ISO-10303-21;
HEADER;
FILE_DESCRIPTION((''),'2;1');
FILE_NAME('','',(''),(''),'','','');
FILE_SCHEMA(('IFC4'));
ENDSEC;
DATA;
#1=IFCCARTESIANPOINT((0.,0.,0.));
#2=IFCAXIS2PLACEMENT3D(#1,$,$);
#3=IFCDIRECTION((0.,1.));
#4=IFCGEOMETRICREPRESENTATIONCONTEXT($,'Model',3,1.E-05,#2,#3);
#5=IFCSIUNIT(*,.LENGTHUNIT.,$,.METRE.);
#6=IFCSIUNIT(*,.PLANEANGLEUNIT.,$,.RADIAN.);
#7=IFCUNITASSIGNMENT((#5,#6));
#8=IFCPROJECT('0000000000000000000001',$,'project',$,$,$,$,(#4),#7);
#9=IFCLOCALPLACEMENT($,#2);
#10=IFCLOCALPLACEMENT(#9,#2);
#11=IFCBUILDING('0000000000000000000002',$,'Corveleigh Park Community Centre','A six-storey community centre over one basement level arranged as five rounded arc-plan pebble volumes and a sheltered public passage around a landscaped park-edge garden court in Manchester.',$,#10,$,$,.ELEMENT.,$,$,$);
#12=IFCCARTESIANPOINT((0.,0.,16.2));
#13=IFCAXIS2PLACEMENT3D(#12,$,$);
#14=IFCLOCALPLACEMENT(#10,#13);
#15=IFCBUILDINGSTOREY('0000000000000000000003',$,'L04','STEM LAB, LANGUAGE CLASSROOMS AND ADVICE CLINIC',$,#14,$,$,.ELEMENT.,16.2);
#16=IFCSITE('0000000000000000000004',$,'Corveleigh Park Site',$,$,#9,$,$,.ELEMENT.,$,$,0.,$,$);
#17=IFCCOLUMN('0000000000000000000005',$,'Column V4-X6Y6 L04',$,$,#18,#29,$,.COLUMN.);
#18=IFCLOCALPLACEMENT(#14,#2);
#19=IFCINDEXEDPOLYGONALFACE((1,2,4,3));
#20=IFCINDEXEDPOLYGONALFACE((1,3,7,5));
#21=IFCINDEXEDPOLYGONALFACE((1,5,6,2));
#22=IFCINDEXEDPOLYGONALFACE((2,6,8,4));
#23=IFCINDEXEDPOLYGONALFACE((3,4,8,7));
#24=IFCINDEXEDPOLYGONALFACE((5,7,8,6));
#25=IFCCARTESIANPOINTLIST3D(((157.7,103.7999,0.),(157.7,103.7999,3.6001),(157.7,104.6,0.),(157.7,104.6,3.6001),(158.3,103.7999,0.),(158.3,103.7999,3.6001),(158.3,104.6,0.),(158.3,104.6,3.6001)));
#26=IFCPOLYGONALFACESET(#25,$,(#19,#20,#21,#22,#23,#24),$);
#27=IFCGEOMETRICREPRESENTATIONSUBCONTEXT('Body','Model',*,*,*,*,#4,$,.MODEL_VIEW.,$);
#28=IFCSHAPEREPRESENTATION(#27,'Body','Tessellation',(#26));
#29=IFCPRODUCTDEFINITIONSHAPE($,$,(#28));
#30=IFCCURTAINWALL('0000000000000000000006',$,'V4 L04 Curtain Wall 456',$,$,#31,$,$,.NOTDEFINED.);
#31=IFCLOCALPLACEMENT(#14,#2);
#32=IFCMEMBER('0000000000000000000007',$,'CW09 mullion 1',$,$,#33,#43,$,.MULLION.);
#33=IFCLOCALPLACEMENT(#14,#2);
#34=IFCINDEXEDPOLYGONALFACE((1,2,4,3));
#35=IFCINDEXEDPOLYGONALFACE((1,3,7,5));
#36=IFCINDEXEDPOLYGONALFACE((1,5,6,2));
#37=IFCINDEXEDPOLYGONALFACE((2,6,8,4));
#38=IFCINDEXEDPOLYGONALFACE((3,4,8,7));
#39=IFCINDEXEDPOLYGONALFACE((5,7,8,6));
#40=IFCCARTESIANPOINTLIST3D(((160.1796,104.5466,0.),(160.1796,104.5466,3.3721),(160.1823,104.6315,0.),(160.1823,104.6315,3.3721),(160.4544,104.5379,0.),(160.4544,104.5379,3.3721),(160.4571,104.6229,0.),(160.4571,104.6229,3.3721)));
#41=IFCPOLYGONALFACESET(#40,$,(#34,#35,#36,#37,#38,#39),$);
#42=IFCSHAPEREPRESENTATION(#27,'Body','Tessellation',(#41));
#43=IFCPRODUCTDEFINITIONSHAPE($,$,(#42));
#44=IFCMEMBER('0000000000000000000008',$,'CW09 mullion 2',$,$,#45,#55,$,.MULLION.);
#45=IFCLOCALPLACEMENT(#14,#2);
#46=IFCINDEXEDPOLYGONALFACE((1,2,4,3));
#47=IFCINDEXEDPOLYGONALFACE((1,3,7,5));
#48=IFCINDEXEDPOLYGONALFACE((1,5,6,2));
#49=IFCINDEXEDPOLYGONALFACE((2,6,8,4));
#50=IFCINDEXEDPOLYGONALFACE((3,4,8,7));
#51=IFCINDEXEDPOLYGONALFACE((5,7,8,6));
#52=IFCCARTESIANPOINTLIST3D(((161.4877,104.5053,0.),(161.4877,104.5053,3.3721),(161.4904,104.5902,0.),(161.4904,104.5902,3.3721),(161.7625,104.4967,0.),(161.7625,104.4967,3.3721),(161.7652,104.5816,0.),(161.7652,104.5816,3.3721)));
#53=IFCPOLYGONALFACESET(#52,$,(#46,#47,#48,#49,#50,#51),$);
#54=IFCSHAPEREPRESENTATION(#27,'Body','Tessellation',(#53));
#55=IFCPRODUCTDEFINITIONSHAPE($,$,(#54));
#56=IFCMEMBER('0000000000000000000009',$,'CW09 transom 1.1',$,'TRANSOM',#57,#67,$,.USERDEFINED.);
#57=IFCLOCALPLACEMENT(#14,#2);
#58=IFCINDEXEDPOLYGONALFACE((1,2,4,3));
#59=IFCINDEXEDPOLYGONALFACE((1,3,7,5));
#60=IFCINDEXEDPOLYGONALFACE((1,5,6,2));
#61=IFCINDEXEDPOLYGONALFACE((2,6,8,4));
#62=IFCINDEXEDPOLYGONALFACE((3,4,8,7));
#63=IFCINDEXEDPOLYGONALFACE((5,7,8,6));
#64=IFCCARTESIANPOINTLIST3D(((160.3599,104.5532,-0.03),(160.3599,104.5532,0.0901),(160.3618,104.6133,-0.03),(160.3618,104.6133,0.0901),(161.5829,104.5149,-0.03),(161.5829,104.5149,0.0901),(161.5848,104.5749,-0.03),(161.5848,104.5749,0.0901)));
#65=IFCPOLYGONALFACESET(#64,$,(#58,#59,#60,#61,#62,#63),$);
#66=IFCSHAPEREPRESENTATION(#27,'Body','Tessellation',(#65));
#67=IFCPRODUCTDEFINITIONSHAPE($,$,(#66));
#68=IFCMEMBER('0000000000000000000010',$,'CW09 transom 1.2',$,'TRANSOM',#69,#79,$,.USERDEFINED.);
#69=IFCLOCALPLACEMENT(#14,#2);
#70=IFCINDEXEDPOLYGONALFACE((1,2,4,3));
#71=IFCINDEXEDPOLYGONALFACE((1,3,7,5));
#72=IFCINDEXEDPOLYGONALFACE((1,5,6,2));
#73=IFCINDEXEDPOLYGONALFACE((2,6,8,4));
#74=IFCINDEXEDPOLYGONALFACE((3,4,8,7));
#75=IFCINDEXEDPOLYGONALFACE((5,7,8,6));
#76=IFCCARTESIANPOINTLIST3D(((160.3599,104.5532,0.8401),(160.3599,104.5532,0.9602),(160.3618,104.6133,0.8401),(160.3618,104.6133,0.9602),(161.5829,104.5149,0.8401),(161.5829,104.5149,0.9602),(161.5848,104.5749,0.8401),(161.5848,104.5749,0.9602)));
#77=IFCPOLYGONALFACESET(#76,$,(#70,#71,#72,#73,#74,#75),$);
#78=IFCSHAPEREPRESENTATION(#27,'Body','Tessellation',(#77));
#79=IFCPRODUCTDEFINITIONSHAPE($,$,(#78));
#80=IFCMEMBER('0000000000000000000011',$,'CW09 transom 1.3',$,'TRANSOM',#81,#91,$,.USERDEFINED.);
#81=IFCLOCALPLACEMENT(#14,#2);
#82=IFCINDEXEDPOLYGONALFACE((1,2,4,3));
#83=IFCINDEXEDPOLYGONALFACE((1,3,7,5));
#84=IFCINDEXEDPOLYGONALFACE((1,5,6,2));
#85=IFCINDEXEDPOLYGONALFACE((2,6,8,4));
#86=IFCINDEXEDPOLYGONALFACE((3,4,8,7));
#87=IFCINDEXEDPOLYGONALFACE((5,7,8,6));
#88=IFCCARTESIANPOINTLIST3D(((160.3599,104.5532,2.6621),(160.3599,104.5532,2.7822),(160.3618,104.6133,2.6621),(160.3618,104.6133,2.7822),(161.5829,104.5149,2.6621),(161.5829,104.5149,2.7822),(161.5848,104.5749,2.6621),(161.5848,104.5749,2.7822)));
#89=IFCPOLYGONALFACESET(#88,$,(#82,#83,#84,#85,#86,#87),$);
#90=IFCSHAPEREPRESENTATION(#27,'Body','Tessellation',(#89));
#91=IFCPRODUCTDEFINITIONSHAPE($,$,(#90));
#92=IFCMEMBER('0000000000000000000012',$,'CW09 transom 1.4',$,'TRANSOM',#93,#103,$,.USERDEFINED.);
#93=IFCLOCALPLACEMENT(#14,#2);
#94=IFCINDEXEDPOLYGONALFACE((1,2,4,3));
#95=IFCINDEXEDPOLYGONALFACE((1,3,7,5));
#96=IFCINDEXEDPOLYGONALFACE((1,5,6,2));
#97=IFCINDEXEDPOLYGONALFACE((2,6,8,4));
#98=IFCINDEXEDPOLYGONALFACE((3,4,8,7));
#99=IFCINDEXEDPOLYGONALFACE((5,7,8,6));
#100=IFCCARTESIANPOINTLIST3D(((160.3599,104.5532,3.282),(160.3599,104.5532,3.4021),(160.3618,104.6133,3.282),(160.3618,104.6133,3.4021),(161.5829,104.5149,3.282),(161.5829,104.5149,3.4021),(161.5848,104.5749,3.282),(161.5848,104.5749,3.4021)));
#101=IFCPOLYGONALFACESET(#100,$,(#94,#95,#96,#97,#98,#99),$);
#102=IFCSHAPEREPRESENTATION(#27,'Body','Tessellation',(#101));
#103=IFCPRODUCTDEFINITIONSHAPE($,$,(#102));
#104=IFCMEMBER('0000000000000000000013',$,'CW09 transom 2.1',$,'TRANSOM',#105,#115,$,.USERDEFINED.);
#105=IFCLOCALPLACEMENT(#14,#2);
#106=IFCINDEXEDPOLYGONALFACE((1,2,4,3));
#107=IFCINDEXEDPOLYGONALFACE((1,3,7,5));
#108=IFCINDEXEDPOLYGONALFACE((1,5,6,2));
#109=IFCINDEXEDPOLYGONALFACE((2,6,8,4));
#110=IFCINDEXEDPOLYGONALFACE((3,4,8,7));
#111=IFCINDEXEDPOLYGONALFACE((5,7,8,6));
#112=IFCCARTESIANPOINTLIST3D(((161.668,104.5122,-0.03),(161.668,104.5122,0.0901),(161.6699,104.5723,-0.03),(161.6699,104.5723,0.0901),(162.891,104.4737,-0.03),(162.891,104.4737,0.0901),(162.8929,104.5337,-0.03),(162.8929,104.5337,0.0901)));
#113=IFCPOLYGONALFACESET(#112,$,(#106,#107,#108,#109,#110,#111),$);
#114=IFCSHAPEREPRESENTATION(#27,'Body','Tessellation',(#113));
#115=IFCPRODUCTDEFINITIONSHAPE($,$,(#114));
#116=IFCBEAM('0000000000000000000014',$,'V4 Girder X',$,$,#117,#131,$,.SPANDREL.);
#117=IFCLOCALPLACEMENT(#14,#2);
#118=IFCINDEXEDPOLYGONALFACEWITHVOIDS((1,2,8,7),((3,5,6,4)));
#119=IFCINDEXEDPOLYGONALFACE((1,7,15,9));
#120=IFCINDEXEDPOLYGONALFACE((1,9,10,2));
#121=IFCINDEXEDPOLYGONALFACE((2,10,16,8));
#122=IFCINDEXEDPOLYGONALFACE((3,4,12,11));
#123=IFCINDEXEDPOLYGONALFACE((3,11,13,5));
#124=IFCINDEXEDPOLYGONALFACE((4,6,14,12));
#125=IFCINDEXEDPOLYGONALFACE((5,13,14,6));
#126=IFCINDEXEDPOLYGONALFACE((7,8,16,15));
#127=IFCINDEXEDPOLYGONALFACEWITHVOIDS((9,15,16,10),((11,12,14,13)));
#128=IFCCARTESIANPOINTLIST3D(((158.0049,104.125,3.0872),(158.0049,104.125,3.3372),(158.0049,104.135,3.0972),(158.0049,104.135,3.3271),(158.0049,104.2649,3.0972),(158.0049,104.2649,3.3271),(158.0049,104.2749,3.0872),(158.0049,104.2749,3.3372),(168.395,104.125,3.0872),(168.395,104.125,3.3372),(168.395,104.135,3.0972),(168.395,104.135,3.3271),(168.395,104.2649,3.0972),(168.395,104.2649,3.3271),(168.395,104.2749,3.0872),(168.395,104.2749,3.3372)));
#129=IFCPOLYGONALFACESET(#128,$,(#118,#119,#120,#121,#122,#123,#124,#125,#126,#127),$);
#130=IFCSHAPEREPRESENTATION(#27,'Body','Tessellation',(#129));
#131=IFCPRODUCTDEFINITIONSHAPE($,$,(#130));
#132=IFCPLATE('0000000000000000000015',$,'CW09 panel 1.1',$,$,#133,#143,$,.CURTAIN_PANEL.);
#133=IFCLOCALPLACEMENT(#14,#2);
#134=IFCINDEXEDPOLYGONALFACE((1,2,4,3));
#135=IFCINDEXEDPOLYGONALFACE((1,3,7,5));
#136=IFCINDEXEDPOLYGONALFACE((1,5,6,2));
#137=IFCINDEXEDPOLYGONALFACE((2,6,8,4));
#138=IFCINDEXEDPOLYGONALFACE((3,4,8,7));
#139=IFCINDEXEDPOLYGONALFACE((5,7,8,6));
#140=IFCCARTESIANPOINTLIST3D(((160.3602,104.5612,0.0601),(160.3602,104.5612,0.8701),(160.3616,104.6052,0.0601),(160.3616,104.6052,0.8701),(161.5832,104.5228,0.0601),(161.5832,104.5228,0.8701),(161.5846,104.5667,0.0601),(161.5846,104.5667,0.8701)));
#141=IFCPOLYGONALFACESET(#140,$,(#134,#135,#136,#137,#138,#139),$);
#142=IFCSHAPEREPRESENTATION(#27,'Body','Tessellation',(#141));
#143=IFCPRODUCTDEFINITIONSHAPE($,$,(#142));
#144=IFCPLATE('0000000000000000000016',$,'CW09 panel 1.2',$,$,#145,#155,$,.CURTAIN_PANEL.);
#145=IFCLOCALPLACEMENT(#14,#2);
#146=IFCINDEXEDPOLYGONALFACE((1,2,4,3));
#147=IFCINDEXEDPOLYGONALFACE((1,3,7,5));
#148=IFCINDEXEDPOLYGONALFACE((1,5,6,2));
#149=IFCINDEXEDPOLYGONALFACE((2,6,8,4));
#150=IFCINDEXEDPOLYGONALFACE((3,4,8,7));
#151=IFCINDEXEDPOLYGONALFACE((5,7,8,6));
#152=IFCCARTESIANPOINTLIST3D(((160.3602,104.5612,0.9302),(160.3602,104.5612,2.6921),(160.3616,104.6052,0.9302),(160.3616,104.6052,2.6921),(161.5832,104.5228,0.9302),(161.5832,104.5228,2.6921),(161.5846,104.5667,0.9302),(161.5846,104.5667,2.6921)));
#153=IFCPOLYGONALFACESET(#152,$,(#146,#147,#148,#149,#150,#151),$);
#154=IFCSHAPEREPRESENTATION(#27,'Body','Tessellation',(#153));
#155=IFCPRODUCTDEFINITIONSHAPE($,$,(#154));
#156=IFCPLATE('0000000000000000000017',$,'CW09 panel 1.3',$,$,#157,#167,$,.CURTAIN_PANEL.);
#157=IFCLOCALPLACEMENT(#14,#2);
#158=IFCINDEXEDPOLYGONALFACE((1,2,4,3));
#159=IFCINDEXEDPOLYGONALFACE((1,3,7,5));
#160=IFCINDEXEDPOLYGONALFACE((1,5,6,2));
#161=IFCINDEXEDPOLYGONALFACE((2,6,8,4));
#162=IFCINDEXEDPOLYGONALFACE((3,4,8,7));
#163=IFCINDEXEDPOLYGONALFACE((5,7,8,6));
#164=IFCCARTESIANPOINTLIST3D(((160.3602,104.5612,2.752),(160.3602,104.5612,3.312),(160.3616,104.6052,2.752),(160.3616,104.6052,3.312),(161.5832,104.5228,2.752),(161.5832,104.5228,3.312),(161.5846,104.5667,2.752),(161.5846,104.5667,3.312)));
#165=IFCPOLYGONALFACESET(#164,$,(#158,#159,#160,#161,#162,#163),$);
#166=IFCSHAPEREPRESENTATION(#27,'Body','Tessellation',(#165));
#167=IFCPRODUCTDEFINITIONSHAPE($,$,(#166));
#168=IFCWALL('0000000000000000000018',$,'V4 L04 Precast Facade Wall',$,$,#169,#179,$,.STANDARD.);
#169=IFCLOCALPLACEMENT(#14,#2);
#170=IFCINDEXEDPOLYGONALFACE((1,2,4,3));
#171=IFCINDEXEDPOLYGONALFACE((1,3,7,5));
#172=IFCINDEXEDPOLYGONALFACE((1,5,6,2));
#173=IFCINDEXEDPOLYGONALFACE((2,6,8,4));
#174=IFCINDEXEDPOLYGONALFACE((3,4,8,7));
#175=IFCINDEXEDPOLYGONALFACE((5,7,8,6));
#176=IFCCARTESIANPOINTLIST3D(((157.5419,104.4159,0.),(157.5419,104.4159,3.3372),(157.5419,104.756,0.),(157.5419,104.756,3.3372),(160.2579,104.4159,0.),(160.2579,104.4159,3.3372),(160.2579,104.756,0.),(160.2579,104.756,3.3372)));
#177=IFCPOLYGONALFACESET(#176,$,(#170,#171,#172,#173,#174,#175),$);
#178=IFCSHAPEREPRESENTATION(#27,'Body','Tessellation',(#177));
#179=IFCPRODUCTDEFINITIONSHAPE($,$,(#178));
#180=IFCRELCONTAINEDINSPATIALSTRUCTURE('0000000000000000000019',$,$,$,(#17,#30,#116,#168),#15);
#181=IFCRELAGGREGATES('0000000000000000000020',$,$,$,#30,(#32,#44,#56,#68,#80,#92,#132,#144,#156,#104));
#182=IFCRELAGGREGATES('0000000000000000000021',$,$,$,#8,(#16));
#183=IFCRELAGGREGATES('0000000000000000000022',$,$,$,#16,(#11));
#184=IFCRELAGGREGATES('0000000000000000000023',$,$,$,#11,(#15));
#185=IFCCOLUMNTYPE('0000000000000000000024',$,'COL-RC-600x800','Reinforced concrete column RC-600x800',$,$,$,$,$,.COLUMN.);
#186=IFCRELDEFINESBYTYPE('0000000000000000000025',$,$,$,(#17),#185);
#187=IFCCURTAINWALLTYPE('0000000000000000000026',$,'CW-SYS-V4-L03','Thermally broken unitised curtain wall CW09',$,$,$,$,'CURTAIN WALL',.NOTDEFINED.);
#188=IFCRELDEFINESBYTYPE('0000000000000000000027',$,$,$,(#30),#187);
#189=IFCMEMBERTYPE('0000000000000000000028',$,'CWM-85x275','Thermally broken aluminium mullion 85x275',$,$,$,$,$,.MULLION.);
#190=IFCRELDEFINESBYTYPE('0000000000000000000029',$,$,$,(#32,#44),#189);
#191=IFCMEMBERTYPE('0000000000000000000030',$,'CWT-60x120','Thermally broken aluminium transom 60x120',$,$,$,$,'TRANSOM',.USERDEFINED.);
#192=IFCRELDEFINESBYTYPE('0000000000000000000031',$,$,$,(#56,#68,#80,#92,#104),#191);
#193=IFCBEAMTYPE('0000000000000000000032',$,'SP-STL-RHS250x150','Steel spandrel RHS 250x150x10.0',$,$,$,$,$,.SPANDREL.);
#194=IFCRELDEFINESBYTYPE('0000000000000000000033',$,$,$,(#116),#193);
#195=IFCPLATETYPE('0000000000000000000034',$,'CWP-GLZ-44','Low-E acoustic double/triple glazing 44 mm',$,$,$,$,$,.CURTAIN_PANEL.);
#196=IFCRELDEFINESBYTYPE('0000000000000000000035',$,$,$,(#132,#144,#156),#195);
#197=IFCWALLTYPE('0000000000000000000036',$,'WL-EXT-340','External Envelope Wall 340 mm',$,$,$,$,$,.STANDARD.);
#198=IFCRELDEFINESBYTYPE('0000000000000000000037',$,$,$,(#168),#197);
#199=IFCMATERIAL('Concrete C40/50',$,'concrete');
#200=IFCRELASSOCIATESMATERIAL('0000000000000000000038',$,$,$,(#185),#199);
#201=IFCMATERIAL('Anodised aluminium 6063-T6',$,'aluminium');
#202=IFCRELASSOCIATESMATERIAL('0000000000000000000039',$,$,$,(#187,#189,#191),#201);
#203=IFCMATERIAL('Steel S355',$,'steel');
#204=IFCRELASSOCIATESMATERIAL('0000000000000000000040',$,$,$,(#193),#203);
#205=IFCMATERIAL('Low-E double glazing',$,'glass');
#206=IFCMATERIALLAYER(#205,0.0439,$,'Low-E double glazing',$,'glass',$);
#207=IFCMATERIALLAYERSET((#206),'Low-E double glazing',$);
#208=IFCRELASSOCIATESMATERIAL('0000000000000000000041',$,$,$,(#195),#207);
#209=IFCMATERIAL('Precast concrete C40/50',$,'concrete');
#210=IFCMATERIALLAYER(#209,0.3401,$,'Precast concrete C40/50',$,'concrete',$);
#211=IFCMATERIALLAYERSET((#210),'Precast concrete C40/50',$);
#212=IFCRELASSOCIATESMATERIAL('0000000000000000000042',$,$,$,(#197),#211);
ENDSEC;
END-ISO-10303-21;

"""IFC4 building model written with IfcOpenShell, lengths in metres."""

from ifc_helpers import new_model, si_unit, direction, frame, frame_2d, origin, origin_2d, place, context, subcontext, project, spatial, rectangle, hollow_rectangle, extrude, material, layer, layer_set, material_profile, profile_set, type_object, element, aggregate, save


model = new_model("IFC4")

# Units and contexts
model_context = context("Model", 3, precision=1e-05, world=origin(), true_north=direction((0.0, 1.0)))
body_context = subcontext(model_context, "Body", "Model", "MODEL_VIEW")
ifc_project = project(units=[si_unit("LENGTHUNIT", "METRE"), si_unit("PLANEANGLEUNIT", "RADIAN")], contexts=[model_context])

# Site, building, storey
site_placement = place(None, origin())
site = spatial("IfcSite", under=ifc_project, at=site_placement, Name="Corveleigh Park Site", CompositionType="ELEMENT", RefElevation=0.0)
building_placement = place(site_placement, origin())
building = spatial("IfcBuilding", under=site, at=building_placement, Name="Corveleigh Park Community Centre", Description="A six-storey community centre over one basement level arranged as five rounded arc-plan pebble volumes and a sheltered public passage around a landscaped park-edge garden court in Manchester.", CompositionType="ELEMENT")
storey_placement = place(building_placement, frame((0.0, 0.0, 16.2)))
storey = spatial("IfcBuildingStorey", under=building, at=storey_placement, Name="L04", Description="STEM LAB, LANGUAGE CLASSROOMS AND ADVICE CLINIC", CompositionType="ELEMENT", Elevation=16.2)

# Column
ifc_material_1 = material(Name="Concrete C40/50", Category="concrete")
ifc_material_profile_1 = material_profile(ifc_material_1, rectangle(XDim=0.6001, YDim=0.8, at=origin_2d()), Name="RC-600x800", Category="concrete")
ifc_profile_set_1 = profile_set([ifc_material_profile_1], Name="Concrete C40/50")
column_type = type_object("IfcColumnType", Name="COL-RC-600x800", Description="Reinforced concrete column RC-600x800", PredefinedType="COLUMN", material=ifc_profile_set_1)
column_placement = place(storey_placement, frame((158.0, 104.2, 0.0), z_axis=(0.0, 0.0, 1.0), x_axis=(1.0, 0.0, 0.0)))
element("IfcColumn", 1, at=column_placement, inside=storey, type_object=column_type, Name="Column V4-X6Y6 L04", PredefinedType="COLUMN", context=body_context, shape_type="SweptSolid", body=[
    extrude(rectangle(XDim=0.6001, YDim=0.8, at=origin_2d()), origin(), (0.0, 0.0, 1.0), 3.6001),
])

# Curtain wall, members
ifc_material_2 = material(Name="Anodised aluminium 6063-T6", Category="aluminium")
curtain_wall_type = type_object("IfcCurtainWallType", Name="CW-SYS-V4-L03", Description="Thermally broken unitised curtain wall CW09", ElementType="CURTAIN WALL", PredefinedType="NOTDEFINED", material=ifc_material_2)
curtain_wall_placement = place(storey_placement, origin())
curtain_wall = element("IfcCurtainWall", 2, at=curtain_wall_placement, inside=storey, type_object=curtain_wall_type, Name="V4 L04 Curtain Wall 456", PredefinedType="NOTDEFINED")
ifc_material_profile_2 = material_profile(ifc_material_2, rectangle(XDim=0.085, YDim=0.2749, at=origin_2d()), Name="ALU-M85x275", Category="aluminium")
ifc_profile_set_2 = profile_set([ifc_material_profile_2], Name="Anodised aluminium 6063-T6")
member_type_1 = type_object("IfcMemberType", Name="CWM-85x275", Description="Thermally broken aluminium mullion 85x275", PredefinedType="MULLION", material=ifc_profile_set_2)
member_1_placement = place(storey_placement, frame((160.3184, 104.5847, 0.0), z_axis=(0.0, 0.0, 1.0), x_axis=(0.031454, 0.999505, 0.0)))
member_1 = element("IfcMember", 3, at=member_1_placement, type_object=member_type_1, Name="CW09 mullion 1", PredefinedType="MULLION", context=body_context, shape_type="SweptSolid", body=[
    extrude(rectangle(XDim=0.085, YDim=0.2749, at=origin_2d()), origin(), (0.0, 0.0, 1.0), 3.3721),
])
member_2_placement = place(storey_placement, frame((161.6265, 104.5435, 0.0), z_axis=(0.0, 0.0, 1.0), x_axis=(0.031454, 0.999505, 0.0)))
member_2 = element("IfcMember", 4, at=member_2_placement, type_object=member_type_1, Name="CW09 mullion 2", PredefinedType="MULLION", context=body_context, shape_type="SweptSolid", body=[
    extrude(rectangle(XDim=0.085, YDim=0.2749, at=origin_2d()), origin(), (0.0, 0.0, 1.0), 3.3721),
])
ifc_material_profile_3 = material_profile(ifc_material_2, rectangle(XDim=0.0601, YDim=0.1201, at=origin_2d()), Name="ALU-T60x120", Category="aluminium")
ifc_profile_set_3 = profile_set([ifc_material_profile_3], Name="Anodised aluminium 6063-T6")
member_type_2 = type_object("IfcMemberType", Name="CWT-60x120", Description="Thermally broken aluminium transom 60x120", ElementType="TRANSOM", PredefinedType="USERDEFINED", material=ifc_profile_set_3)
member_3_placement = place(storey_placement, frame((160.3608, 104.5833, 0.03), z_axis=(0.999509, -0.031322, 0.0), x_axis=(0.031322, 0.999509, 0.0)))
member_3 = element("IfcMember", 5, at=member_3_placement, type_object=member_type_2, Name="CW09 transom 1.1", ObjectType="TRANSOM", PredefinedType="USERDEFINED", context=body_context, shape_type="SweptSolid", body=[
    extrude(rectangle(XDim=0.0601, YDim=0.1201, at=origin_2d()), origin(), (0.0, 0.0, 1.0), 1.2236),
])
member_4_placement = place(storey_placement, frame((160.3608, 104.5833, 0.9001), z_axis=(0.999509, -0.031322, 0.0), x_axis=(0.031322, 0.999509, 0.0)))
member_4 = element("IfcMember", 6, at=member_4_placement, type_object=member_type_2, Name="CW09 transom 1.2", ObjectType="TRANSOM", PredefinedType="USERDEFINED", context=body_context, shape_type="SweptSolid", body=[
    extrude(rectangle(XDim=0.0601, YDim=0.1201, at=origin_2d()), origin(), (0.0, 0.0, 1.0), 1.2236),
])
member_5_placement = place(storey_placement, frame((160.3608, 104.5833, 2.7222), z_axis=(0.999509, -0.031322, 0.0), x_axis=(0.031322, 0.999509, 0.0)))
member_5 = element("IfcMember", 7, at=member_5_placement, type_object=member_type_2, Name="CW09 transom 1.3", ObjectType="TRANSOM", PredefinedType="USERDEFINED", context=body_context, shape_type="SweptSolid", body=[
    extrude(rectangle(XDim=0.0601, YDim=0.1201, at=origin_2d()), origin(), (0.0, 0.0, 1.0), 1.2236),
])
member_6_placement = place(storey_placement, frame((160.3608, 104.5833, 3.342), z_axis=(0.999509, -0.031322, 0.0), x_axis=(0.031322, 0.999509, 0.0)))
member_6 = element("IfcMember", 8, at=member_6_placement, type_object=member_type_2, Name="CW09 transom 1.4", ObjectType="TRANSOM", PredefinedType="USERDEFINED", context=body_context, shape_type="SweptSolid", body=[
    extrude(rectangle(XDim=0.0601, YDim=0.1201, at=origin_2d()), origin(), (0.0, 0.0, 1.0), 1.2236),
])
member_7_placement = place(storey_placement, frame((161.6689, 104.5422, 0.03), z_axis=(0.999503, -0.031521, 0.0), x_axis=(0.031521, 0.999503, 0.0)))
member_7 = element("IfcMember", 9, at=member_7_placement, type_object=member_type_2, Name="CW09 transom 2.1", ObjectType="TRANSOM", PredefinedType="USERDEFINED", context=body_context, shape_type="SweptSolid", body=[
    extrude(rectangle(XDim=0.0601, YDim=0.1201, at=origin_2d()), origin(), (0.0, 0.0, 1.0), 1.2236),
])

# Beam
ifc_material_3 = material(Name="Steel S355", Category="steel")
ifc_material_profile_4 = material_profile(ifc_material_3, hollow_rectangle(XDim=0.1499, YDim=0.25, WallThickness=0.01, at=origin_2d()), Name="RHS 250x150x10.0", Category="steel")
ifc_profile_set_4 = profile_set([ifc_material_profile_4], Name="Steel S355")
beam_type = type_object("IfcBeamType", Name="SP-STL-RHS250x150", Description="Steel spandrel RHS 250x150x10.0", PredefinedType="SPANDREL", material=ifc_profile_set_4)
beam_placement = place(storey_placement, frame((158.0049, 104.2, 3.2122), z_axis=(1.0, 0.0, 0.0), x_axis=(0.0, 1.0, 0.0)))
element("IfcBeam", 10, at=beam_placement, inside=storey, type_object=beam_type, Name="V4 Girder X", PredefinedType="SPANDREL", context=body_context, shape_type="SweptSolid", body=[
    extrude(hollow_rectangle(XDim=0.1499, YDim=0.25, WallThickness=0.01, at=origin_2d()), origin(), (0.0, 0.0, 1.0), 10.3901),
])

# Plates
ifc_material_4 = material(Name="Low-E double glazing", Category="glass")
ifc_layer_1 = layer(ifc_material_4, 0.0439, Name="Low-E double glazing", Category="glass")
ifc_layer_set_1 = layer_set([ifc_layer_1], Name="Low-E double glazing")
plate_type = type_object("IfcPlateType", Name="CWP-GLZ-44", Description="Low-E acoustic double/triple glazing 44 mm", PredefinedType="CURTAIN_PANEL", material=ifc_layer_set_1)
plate_1_placement = place(storey_placement, frame((160.9724, 104.564, 0.0601), z_axis=(0.0, 0.0, 1.0), x_axis=(0.999505, -0.031454, 0.0)))
plate_1 = element("IfcPlate", 11, at=plate_1_placement, type_object=plate_type, Name="CW09 panel 1.1", PredefinedType="CURTAIN_PANEL", context=body_context, shape_type="SweptSolid", body=[
    extrude(rectangle(XDim=1.2236, YDim=0.0439, at=origin_2d()), origin(), (0.0, 0.0, 1.0), 0.8101),
])
plate_2_placement = place(storey_placement, frame((160.9724, 104.564, 0.9302), z_axis=(0.0, 0.0, 1.0), x_axis=(0.999505, -0.031454, 0.0)))
plate_2 = element("IfcPlate", 12, at=plate_2_placement, type_object=plate_type, Name="CW09 panel 1.2", PredefinedType="CURTAIN_PANEL", context=body_context, shape_type="SweptSolid", body=[
    extrude(rectangle(XDim=1.2236, YDim=0.0439, at=origin_2d()), origin(), (0.0, 0.0, 1.0), 1.762),
])
plate_3_placement = place(storey_placement, frame((160.9724, 104.564, 2.752), z_axis=(0.0, 0.0, 1.0), x_axis=(0.999505, -0.031454, 0.0)))
plate_3 = element("IfcPlate", 13, at=plate_3_placement, type_object=plate_type, Name="CW09 panel 1.3", PredefinedType="CURTAIN_PANEL", context=body_context, shape_type="SweptSolid", body=[
    extrude(rectangle(XDim=1.2236, YDim=0.0439, at=origin_2d()), origin(), (0.0, 0.0, 1.0), 0.5601),
])
aggregate(curtain_wall, [member_1, member_2, member_3, member_4, member_5, member_6, plate_1, plate_2, plate_3, member_7])

# Wall
ifc_material_5 = material(Name="Precast concrete C40/50", Category="concrete")
ifc_layer_2 = layer(ifc_material_5, 0.3401, Name="Precast concrete C40/50", Category="concrete")
ifc_layer_set_2 = layer_set([ifc_layer_2], Name="Precast concrete C40/50")
wall_type_1 = type_object("IfcWallType", Name="WL-EXT-340", Description="External Envelope Wall 340 mm", PredefinedType="STANDARD", material=ifc_layer_set_2)
wall_1_placement = place(storey_placement, frame((157.542, 104.5859, 0.0), z_axis=(0.0, 0.0, 1.0), x_axis=(1.0, 0.0, 0.0)))
element("IfcWall", 14, at=wall_1_placement, inside=storey, type_object=wall_type_1, Name="V4 L04 Precast Facade Wall", PredefinedType="STANDARD", context=body_context, shape_type="SweptSolid", body=[
    extrude(rectangle(XDim=2.7161, YDim=0.3401, at=frame_2d((1.3579, 0.0))), origin(), (0.0, 0.0, 1.0), 3.3372),
])

save(model, "model.ifc")
